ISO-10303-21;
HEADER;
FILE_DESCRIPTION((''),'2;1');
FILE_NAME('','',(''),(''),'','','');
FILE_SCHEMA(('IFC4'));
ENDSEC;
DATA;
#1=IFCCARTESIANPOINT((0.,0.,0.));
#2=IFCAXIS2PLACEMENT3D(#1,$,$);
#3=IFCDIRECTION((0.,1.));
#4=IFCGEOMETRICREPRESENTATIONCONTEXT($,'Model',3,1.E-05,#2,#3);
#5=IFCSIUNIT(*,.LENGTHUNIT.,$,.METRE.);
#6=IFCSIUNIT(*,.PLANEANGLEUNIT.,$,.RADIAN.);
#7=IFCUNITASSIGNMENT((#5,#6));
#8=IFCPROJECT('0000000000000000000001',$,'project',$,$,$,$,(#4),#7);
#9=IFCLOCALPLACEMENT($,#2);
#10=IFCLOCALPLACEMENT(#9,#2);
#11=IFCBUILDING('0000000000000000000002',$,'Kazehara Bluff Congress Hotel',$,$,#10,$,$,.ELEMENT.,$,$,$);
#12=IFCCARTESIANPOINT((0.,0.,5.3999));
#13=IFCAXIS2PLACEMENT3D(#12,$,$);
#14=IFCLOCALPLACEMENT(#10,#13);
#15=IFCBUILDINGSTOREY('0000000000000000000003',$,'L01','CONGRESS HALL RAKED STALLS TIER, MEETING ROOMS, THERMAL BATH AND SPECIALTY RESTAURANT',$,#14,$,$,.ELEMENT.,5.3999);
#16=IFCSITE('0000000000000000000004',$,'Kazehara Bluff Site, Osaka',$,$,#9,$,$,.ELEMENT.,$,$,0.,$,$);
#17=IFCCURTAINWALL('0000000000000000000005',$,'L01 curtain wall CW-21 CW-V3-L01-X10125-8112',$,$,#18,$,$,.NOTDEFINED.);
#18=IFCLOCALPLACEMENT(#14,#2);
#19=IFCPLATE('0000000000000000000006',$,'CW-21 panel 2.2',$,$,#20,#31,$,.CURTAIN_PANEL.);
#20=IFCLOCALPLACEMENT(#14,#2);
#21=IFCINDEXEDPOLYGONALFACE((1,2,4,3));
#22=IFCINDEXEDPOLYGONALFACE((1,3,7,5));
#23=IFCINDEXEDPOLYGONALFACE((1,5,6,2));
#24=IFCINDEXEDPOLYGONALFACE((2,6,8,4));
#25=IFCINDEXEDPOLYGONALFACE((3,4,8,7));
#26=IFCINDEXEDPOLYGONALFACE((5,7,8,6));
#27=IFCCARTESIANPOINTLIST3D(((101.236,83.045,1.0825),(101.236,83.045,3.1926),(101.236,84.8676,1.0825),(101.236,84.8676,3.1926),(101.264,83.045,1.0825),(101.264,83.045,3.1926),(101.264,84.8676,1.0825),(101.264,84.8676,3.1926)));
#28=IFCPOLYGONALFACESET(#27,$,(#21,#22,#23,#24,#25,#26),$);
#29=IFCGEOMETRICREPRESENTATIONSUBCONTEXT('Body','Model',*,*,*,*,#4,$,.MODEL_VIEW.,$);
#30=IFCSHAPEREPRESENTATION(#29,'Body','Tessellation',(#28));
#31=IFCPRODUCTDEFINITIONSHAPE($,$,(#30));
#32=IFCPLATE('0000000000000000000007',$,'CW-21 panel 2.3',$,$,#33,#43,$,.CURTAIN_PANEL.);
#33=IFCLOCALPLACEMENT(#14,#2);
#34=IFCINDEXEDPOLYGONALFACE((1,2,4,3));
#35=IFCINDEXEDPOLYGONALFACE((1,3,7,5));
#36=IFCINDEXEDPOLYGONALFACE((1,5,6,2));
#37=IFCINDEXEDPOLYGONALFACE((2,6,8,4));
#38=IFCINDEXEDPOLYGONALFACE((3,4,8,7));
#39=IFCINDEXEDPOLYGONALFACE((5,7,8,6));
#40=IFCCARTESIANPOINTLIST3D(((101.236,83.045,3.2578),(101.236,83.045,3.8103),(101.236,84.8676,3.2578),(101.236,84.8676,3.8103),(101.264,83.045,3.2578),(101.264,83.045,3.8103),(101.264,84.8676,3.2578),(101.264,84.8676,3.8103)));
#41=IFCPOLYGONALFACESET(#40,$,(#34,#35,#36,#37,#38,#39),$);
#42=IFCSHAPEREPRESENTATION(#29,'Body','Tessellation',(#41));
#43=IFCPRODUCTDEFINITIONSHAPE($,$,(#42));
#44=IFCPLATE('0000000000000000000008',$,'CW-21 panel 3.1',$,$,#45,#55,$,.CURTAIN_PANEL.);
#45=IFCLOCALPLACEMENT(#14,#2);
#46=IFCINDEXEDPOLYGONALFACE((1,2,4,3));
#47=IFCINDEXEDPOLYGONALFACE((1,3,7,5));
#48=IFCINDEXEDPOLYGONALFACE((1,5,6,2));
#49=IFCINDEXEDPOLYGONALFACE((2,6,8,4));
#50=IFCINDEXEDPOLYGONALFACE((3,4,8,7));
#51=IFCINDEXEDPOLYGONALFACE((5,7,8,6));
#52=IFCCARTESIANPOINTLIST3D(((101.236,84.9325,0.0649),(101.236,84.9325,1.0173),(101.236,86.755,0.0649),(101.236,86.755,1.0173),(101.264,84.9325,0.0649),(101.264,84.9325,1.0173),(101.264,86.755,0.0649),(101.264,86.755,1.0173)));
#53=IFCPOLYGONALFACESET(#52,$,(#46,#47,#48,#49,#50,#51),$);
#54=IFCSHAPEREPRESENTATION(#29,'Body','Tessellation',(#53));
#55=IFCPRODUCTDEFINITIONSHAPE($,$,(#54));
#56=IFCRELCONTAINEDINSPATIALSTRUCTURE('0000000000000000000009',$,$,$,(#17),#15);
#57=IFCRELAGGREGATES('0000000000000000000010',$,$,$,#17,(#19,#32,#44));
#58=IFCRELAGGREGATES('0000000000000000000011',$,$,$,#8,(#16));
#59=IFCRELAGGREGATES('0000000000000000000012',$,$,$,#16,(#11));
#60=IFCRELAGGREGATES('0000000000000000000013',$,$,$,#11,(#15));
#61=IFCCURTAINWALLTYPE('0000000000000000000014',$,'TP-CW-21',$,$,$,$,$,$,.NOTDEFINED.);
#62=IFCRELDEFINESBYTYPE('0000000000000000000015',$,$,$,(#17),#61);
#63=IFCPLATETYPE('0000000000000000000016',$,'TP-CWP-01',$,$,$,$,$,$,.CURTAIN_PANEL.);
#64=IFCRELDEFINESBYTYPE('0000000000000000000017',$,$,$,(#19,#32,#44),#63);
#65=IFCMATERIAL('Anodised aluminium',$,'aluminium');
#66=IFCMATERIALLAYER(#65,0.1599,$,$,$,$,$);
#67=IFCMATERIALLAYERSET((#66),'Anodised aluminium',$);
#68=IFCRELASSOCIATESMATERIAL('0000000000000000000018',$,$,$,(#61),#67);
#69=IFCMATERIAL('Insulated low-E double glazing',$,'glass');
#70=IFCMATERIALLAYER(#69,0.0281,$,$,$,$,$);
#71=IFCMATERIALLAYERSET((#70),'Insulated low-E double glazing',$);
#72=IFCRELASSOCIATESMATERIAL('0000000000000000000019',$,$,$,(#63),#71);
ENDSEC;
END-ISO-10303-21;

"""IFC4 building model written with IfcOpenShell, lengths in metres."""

from ifc_helpers import new_model, si_unit, direction, frame, origin, origin_2d, place, context, subcontext, project, spatial, rectangle, extrude, material, layer, layer_set, type_object, element, aggregate, save


model = new_model("IFC4")

# Units and contexts
model_context = context("Model", 3, precision=1e-05, world=origin(), true_north=direction((0.0, 1.0)))
body_context = subcontext(model_context, "Body", "Model", "MODEL_VIEW")
ifc_project = project(units=[si_unit("LENGTHUNIT", "METRE"), si_unit("PLANEANGLEUNIT", "RADIAN")], contexts=[model_context])

# Site, building, storey
site_placement = place(None, origin())
site = spatial("IfcSite", under=ifc_project, at=site_placement, Name="Kazehara Bluff Site, Osaka", CompositionType="ELEMENT", RefElevation=0.0)
building_placement = place(site_placement, origin())
building = spatial("IfcBuilding", under=site, at=building_placement, Name="Kazehara Bluff Congress Hotel", CompositionType="ELEMENT")
storey_placement = place(building_placement, frame((0.0, 0.0, 5.3999)))
storey = spatial("IfcBuildingStorey", under=building, at=storey_placement, Name="L01", Description="CONGRESS HALL RAKED STALLS TIER, MEETING ROOMS, THERMAL BATH AND SPECIALTY RESTAURANT", CompositionType="ELEMENT", Elevation=5.3999)

# Curtain wall
ifc_material_1 = material(Name="Anodised aluminium", Category="aluminium")
ifc_layer_1 = layer(ifc_material_1, 0.1599)
ifc_layer_set_1 = layer_set([ifc_layer_1], Name="Anodised aluminium")
curtain_wall_type = type_object("IfcCurtainWallType", Name="TP-CW-21", PredefinedType="NOTDEFINED", material=ifc_layer_set_1)
curtain_wall_placement = place(storey_placement, origin())
curtain_wall = element("IfcCurtainWall", 1, at=curtain_wall_placement, inside=storey, type_object=curtain_wall_type, Name="L01 curtain wall CW-21 CW-V3-L01-X10125-8112", PredefinedType="NOTDEFINED")

# Plates
ifc_material_2 = material(Name="Insulated low-E double glazing", Category="glass")
ifc_layer_2 = layer(ifc_material_2, 0.0281)
ifc_layer_set_2 = layer_set([ifc_layer_2], Name="Insulated low-E double glazing")
plate_type = type_object("IfcPlateType", Name="TP-CWP-01", PredefinedType="CURTAIN_PANEL", material=ifc_layer_set_2)
plate_1_placement = place(storey_placement, frame((101.25, 83.9563, 1.0825), z_axis=(0.0, 0.0, 1.0), x_axis=(0.0, 1.0, 0.0)))
plate_1 = element("IfcPlate", 2, at=plate_1_placement, type_object=plate_type, Name="CW-21 panel 2.2", PredefinedType="CURTAIN_PANEL", context=body_context, shape_type="SweptSolid", body=[
    extrude(rectangle(XDim=1.8225, YDim=0.0281, at=origin_2d()), origin(), (0.0, 0.0, 1.0), 2.1101),
])
plate_2_placement = place(storey_placement, frame((101.25, 83.9563, 3.2578), z_axis=(0.0, 0.0, 1.0), x_axis=(0.0, 1.0, 0.0)))
plate_2 = element("IfcPlate", 3, at=plate_2_placement, type_object=plate_type, Name="CW-21 panel 2.3", PredefinedType="CURTAIN_PANEL", context=body_context, shape_type="SweptSolid", body=[
    extrude(rectangle(XDim=1.8225, YDim=0.0281, at=origin_2d()), origin(), (0.0, 0.0, 1.0), 0.5525),
])
plate_3_placement = place(storey_placement, frame((101.25, 85.8438, 0.0649), z_axis=(0.0, 0.0, 1.0), x_axis=(0.0, 1.0, 0.0)))
plate_3 = element("IfcPlate", 4, at=plate_3_placement, type_object=plate_type, Name="CW-21 panel 3.1", PredefinedType="CURTAIN_PANEL", context=body_context, shape_type="SweptSolid", body=[
    extrude(rectangle(XDim=1.8225, YDim=0.0281, at=origin_2d()), origin(), (0.0, 0.0, 1.0), 0.9524),
])
aggregate(curtain_wall, [plate_1, plate_2, plate_3])

save(model, "model.ifc")
